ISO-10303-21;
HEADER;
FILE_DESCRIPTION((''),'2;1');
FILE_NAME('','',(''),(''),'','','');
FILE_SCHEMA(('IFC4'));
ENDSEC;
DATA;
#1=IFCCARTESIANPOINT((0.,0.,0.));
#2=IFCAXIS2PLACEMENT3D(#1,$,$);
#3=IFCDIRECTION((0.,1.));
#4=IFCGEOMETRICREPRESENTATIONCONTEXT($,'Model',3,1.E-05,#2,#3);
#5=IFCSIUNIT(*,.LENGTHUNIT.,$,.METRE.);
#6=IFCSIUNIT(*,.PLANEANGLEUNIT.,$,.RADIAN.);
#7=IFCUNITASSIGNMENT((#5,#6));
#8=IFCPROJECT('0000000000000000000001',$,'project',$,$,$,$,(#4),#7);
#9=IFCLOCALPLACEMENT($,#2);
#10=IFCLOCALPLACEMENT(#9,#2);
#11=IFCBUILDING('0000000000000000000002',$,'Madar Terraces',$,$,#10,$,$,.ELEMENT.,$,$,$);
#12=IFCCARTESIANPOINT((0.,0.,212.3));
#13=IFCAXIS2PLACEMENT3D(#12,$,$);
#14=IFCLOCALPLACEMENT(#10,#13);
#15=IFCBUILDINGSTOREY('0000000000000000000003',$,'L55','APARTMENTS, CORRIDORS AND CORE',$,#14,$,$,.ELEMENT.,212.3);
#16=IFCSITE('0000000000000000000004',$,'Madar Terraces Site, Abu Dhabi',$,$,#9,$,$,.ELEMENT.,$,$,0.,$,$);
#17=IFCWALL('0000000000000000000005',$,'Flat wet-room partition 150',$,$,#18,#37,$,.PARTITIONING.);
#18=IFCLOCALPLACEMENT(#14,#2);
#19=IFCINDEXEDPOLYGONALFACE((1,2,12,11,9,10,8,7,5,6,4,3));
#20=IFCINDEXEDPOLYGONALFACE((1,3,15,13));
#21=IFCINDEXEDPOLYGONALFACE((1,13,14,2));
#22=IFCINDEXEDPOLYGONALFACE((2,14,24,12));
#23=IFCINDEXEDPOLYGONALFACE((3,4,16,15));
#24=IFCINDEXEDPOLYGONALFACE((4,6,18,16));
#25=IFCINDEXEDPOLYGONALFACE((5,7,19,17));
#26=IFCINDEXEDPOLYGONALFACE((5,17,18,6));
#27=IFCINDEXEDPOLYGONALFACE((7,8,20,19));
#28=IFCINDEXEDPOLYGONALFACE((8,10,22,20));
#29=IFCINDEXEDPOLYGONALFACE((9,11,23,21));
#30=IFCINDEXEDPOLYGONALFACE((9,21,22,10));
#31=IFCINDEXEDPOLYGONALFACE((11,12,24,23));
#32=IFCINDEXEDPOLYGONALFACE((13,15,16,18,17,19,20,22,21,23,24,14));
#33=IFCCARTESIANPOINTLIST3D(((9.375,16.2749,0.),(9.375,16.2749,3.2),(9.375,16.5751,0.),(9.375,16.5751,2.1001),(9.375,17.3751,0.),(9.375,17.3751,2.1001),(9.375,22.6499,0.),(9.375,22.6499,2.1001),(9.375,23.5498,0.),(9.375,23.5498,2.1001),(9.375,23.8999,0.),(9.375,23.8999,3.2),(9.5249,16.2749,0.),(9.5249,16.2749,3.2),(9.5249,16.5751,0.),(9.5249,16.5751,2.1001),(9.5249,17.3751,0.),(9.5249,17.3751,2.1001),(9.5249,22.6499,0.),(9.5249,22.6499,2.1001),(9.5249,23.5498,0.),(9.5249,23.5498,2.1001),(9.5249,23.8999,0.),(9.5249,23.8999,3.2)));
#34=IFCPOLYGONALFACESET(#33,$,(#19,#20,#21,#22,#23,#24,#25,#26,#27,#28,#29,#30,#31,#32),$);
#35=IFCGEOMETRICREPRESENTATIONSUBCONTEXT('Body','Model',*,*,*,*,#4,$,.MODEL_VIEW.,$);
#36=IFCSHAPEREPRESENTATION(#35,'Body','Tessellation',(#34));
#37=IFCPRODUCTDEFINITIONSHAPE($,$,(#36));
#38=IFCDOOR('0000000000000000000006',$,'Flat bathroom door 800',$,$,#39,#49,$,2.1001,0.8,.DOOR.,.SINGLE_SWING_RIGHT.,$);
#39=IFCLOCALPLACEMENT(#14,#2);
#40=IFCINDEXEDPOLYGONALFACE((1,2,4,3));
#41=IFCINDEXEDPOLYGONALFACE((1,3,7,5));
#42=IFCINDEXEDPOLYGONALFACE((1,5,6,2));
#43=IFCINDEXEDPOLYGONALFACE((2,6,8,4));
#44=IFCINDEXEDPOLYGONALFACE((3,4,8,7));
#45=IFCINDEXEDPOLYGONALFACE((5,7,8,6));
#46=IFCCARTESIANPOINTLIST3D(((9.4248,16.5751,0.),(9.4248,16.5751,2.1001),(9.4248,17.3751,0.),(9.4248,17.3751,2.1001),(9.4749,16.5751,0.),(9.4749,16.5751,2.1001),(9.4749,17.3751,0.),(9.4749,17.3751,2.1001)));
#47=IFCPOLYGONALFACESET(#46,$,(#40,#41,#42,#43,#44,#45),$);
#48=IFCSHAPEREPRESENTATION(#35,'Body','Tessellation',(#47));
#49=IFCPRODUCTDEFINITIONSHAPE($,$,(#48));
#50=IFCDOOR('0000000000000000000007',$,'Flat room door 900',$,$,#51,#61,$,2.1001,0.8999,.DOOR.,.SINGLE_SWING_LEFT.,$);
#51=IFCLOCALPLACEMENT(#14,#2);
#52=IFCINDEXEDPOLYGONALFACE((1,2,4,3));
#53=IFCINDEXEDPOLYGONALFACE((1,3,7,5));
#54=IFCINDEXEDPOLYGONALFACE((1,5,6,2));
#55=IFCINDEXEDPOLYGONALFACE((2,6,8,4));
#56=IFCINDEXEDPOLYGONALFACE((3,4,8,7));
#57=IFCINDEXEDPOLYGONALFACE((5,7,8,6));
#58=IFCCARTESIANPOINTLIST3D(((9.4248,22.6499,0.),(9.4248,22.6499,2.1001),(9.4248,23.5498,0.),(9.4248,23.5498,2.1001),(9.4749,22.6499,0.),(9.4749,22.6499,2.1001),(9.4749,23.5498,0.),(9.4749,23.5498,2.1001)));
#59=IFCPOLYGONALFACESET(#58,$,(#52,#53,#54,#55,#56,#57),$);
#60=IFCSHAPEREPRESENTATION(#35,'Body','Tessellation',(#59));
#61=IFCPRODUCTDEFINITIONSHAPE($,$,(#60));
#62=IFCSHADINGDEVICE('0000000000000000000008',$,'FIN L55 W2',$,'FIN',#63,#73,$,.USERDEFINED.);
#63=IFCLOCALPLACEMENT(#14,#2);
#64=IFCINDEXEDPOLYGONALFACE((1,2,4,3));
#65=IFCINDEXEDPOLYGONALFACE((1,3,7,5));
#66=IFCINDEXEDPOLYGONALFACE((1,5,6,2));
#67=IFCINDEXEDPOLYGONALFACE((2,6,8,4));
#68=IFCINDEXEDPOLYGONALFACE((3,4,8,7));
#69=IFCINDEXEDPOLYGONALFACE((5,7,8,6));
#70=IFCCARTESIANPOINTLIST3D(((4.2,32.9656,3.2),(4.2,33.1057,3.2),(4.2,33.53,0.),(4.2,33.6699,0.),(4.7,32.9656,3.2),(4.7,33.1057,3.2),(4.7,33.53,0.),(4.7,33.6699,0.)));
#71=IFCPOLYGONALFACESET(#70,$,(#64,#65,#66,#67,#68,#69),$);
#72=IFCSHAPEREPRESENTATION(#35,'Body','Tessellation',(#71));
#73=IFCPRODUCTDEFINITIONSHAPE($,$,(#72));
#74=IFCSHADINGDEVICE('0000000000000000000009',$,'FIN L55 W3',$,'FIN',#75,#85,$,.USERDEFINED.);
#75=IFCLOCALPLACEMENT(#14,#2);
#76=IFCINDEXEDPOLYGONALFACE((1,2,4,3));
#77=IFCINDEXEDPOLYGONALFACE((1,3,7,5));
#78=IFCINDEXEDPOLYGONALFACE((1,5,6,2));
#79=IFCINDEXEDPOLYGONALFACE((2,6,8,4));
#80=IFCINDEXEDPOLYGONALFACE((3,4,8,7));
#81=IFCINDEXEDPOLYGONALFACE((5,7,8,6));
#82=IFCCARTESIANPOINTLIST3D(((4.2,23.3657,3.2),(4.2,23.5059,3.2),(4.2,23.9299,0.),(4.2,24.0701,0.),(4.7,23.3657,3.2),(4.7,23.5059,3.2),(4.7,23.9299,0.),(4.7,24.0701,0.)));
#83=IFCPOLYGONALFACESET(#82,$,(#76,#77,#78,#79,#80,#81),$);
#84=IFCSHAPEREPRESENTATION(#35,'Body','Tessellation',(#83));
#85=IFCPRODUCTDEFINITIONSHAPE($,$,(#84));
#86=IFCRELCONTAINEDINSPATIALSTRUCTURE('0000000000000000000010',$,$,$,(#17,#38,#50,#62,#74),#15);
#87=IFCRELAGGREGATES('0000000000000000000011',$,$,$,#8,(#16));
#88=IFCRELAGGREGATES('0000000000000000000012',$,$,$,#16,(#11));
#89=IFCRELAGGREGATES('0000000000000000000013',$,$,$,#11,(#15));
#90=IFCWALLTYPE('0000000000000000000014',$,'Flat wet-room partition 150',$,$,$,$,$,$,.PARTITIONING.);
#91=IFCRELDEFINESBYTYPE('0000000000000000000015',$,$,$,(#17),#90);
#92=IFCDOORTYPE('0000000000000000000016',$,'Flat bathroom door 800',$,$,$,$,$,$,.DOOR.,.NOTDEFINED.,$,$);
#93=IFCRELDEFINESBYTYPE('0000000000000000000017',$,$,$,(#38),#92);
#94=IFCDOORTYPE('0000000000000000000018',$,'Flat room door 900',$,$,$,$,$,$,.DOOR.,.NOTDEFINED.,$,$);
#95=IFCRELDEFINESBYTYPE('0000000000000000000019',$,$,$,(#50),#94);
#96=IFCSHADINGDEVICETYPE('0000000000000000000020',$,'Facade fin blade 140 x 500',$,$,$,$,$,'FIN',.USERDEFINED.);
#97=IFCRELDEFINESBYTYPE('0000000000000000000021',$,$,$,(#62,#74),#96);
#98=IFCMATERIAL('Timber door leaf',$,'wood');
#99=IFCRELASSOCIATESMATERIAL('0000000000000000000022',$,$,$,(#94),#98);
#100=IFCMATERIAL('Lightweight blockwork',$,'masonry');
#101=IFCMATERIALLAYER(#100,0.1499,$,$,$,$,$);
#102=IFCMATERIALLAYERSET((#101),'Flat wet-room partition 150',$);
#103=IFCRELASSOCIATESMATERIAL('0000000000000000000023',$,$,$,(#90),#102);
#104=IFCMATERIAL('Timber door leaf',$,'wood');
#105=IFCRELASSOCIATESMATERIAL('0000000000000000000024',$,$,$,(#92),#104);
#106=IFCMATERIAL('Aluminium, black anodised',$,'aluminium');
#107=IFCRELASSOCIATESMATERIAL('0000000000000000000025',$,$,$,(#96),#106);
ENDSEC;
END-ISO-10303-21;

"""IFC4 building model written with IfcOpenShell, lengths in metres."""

from ifc_helpers import new_model, si_unit, direction, frame, frame_2d, origin, place, context, subcontext, project, spatial, polyline, rectangle, outline, extrude, material, layer, layer_set, type_object, element, fill, save


model = new_model("IFC4")

# Units and contexts
model_context = context("Model", 3, precision=1e-05, world=origin(), true_north=direction((0.0, 1.0)))
body_context = subcontext(model_context, "Body", "Model", "MODEL_VIEW")
ifc_project = project(units=[si_unit("LENGTHUNIT", "METRE"), si_unit("PLANEANGLEUNIT", "RADIAN")], contexts=[model_context])

# Site, building, storey
site_placement = place(None, origin())
site = spatial("IfcSite", under=ifc_project, at=site_placement, Name="Madar Terraces Site, Abu Dhabi", CompositionType="ELEMENT", RefElevation=0.0)
building_placement = place(site_placement, origin())
building = spatial("IfcBuilding", under=site, at=building_placement, Name="Madar Terraces", CompositionType="ELEMENT")
storey_placement = place(building_placement, frame((0.0, 0.0, 212.3)))
storey = spatial("IfcBuildingStorey", under=building, at=storey_placement, Name="L55", Description="APARTMENTS, CORRIDORS AND CORE", CompositionType="ELEMENT", Elevation=212.3)

# Shared definitions
ifc_material_1 = material(Name="Timber door leaf", Category="wood")
door_type_1 = type_object("IfcDoorType", Name="Flat room door 900", OperationType="NOTDEFINED", PredefinedType="DOOR", material=ifc_material_1)

# Shared definitions
ifc_material_2 = material(Name="Lightweight blockwork", Category="masonry")
ifc_layer_1 = layer(ifc_material_2, 0.1499)
ifc_layer_set_1 = layer_set([ifc_layer_1], Name="Flat wet-room partition 150")
wall_type_1 = type_object("IfcWallType", Name="Flat wet-room partition 150", PredefinedType="PARTITIONING", material=ifc_layer_set_1)

# Wall, openings, doors
wall_1_placement = place(storey_placement, frame((9.45, 23.8999, 0.0), z_axis=(0.0, 0.0, 1.0), x_axis=(0.0, -1.0, 0.0)))
wall_1 = element("IfcWall", 1, at=wall_1_placement, inside=storey, type_object=wall_type_1, Name="Flat wet-room partition 150", PredefinedType="PARTITIONING", context=body_context, shape_type="SweptSolid", body=[
    extrude(rectangle(XDim=7.625, YDim=0.1499, at=frame_2d((3.8125, 0.0))), origin(), (0.0, 0.0, 1.0), 3.2),
])
opening_1_placement = place(wall_1_placement, frame((6.5249, 0.0, 0.0)))
opening_1 = element("IfcOpeningElement", 2, at=opening_1_placement, cuts=wall_1, PredefinedType="OPENING", context=body_context, shape_type="SweptSolid", body=[
    extrude(rectangle(XDim=0.8, YDim=2.1001, at=frame_2d((0.3999, 1.05))), frame((0.0, 0.085, 0.0), z_axis=(0.0, -1.0, 0.0), x_axis=(1.0, 0.0, 0.0)), (0.0, 0.0, 1.0), 0.1699),
])
opening_2_placement = place(wall_1_placement, frame((0.3501, 0.0, 0.0)))
opening_2 = element("IfcOpeningElement", 3, at=opening_2_placement, cuts=wall_1, PredefinedType="OPENING", context=body_context, shape_type="SweptSolid", body=[
    extrude(rectangle(XDim=0.8999, YDim=2.1001, at=frame_2d((0.45, 1.05))), frame((0.0, 0.085, 0.0), z_axis=(0.0, -1.0, 0.0), x_axis=(1.0, 0.0, 0.0)), (0.0, 0.0, 1.0), 0.1699),
])
ifc_material_3 = material(Name="Timber door leaf", Category="wood")
door_type_2 = type_object("IfcDoorType", Name="Flat bathroom door 800", OperationType="NOTDEFINED", PredefinedType="DOOR", material=ifc_material_3)
door_1_placement = place(opening_1_placement, origin())
door_1 = element("IfcDoor", 4, at=door_1_placement, inside=storey, type_object=door_type_2, Name="Flat bathroom door 800", OperationType="SINGLE_SWING_RIGHT", OverallHeight=2.1001, OverallWidth=0.8, PredefinedType="DOOR", context=body_context, shape_type="SweptSolid", body=[
    extrude(rectangle(XDim=0.8, YDim=2.1001, at=frame_2d((0.3999, 1.05))), frame((0.0, 0.0249, 0.0), z_axis=(0.0, -1.0, 0.0), x_axis=(1.0, 0.0, 0.0)), (0.0, 0.0, 1.0), 0.05),
])
fill(opening_1, door_1)
door_2_placement = place(opening_2_placement, origin())
door_2 = element("IfcDoor", 5, at=door_2_placement, inside=storey, type_object=door_type_1, Name="Flat room door 900", OperationType="SINGLE_SWING_LEFT", OverallHeight=2.1001, OverallWidth=0.8999, PredefinedType="DOOR", context=body_context, shape_type="SweptSolid", body=[
    extrude(rectangle(XDim=0.8999, YDim=2.1001, at=frame_2d((0.45, 1.05))), frame((0.0, 0.0249, 0.0), z_axis=(0.0, -1.0, 0.0), x_axis=(1.0, 0.0, 0.0)), (0.0, 0.0, 1.0), 0.05),
])
fill(opening_2, door_2)

# Shading devices
ifc_material_4 = material(Name="Aluminium, black anodised", Category="aluminium")
shading_device_type = type_object("IfcShadingDeviceType", Name="Facade fin blade 140 x 500", ElementType="FIN", PredefinedType="USERDEFINED", material=ifc_material_4)
shading_device_1_placement = place(storey_placement, frame((4.45, 33.6699, 0.0), z_axis=(0.0, 0.0, 1.0), x_axis=(0.0, -1.0, 0.0)))
element("IfcShadingDevice", 6, at=shading_device_1_placement, inside=storey, type_object=shading_device_type, Name="FIN L55 W2", ObjectType="FIN", PredefinedType="USERDEFINED", context=body_context, shape_type="SweptSolid", body=[
    extrude(outline(polyline([(0.0, 0.0), (0.1399, 0.0), (0.7043, 3.2), (0.5642, 3.2), (0.0, 0.0)])), frame((0.0, 0.25, 0.0), z_axis=(0.0, -1.0, 0.0), x_axis=(1.0, 0.0, 0.0)), (0.0, 0.0, 1.0), 0.5),
])
shading_device_2_placement = place(storey_placement, frame((4.45, 24.0701, 0.0), z_axis=(0.0, 0.0, 1.0), x_axis=(0.0, -1.0, 0.0)))
element("IfcShadingDevice", 7, at=shading_device_2_placement, inside=storey, type_object=shading_device_type, Name="FIN L55 W3", ObjectType="FIN", PredefinedType="USERDEFINED", context=body_context, shape_type="SweptSolid", body=[
    extrude(outline(polyline([(0.0, 0.0), (0.1401, 0.0), (0.7043, 3.2), (0.5642, 3.2), (0.0, 0.0)])), frame((0.0, 0.25, 0.0), z_axis=(0.0, -1.0, 0.0), x_axis=(1.0, 0.0, 0.0)), (0.0, 0.0, 1.0), 0.5),
])

save(model, "model.ifc")
